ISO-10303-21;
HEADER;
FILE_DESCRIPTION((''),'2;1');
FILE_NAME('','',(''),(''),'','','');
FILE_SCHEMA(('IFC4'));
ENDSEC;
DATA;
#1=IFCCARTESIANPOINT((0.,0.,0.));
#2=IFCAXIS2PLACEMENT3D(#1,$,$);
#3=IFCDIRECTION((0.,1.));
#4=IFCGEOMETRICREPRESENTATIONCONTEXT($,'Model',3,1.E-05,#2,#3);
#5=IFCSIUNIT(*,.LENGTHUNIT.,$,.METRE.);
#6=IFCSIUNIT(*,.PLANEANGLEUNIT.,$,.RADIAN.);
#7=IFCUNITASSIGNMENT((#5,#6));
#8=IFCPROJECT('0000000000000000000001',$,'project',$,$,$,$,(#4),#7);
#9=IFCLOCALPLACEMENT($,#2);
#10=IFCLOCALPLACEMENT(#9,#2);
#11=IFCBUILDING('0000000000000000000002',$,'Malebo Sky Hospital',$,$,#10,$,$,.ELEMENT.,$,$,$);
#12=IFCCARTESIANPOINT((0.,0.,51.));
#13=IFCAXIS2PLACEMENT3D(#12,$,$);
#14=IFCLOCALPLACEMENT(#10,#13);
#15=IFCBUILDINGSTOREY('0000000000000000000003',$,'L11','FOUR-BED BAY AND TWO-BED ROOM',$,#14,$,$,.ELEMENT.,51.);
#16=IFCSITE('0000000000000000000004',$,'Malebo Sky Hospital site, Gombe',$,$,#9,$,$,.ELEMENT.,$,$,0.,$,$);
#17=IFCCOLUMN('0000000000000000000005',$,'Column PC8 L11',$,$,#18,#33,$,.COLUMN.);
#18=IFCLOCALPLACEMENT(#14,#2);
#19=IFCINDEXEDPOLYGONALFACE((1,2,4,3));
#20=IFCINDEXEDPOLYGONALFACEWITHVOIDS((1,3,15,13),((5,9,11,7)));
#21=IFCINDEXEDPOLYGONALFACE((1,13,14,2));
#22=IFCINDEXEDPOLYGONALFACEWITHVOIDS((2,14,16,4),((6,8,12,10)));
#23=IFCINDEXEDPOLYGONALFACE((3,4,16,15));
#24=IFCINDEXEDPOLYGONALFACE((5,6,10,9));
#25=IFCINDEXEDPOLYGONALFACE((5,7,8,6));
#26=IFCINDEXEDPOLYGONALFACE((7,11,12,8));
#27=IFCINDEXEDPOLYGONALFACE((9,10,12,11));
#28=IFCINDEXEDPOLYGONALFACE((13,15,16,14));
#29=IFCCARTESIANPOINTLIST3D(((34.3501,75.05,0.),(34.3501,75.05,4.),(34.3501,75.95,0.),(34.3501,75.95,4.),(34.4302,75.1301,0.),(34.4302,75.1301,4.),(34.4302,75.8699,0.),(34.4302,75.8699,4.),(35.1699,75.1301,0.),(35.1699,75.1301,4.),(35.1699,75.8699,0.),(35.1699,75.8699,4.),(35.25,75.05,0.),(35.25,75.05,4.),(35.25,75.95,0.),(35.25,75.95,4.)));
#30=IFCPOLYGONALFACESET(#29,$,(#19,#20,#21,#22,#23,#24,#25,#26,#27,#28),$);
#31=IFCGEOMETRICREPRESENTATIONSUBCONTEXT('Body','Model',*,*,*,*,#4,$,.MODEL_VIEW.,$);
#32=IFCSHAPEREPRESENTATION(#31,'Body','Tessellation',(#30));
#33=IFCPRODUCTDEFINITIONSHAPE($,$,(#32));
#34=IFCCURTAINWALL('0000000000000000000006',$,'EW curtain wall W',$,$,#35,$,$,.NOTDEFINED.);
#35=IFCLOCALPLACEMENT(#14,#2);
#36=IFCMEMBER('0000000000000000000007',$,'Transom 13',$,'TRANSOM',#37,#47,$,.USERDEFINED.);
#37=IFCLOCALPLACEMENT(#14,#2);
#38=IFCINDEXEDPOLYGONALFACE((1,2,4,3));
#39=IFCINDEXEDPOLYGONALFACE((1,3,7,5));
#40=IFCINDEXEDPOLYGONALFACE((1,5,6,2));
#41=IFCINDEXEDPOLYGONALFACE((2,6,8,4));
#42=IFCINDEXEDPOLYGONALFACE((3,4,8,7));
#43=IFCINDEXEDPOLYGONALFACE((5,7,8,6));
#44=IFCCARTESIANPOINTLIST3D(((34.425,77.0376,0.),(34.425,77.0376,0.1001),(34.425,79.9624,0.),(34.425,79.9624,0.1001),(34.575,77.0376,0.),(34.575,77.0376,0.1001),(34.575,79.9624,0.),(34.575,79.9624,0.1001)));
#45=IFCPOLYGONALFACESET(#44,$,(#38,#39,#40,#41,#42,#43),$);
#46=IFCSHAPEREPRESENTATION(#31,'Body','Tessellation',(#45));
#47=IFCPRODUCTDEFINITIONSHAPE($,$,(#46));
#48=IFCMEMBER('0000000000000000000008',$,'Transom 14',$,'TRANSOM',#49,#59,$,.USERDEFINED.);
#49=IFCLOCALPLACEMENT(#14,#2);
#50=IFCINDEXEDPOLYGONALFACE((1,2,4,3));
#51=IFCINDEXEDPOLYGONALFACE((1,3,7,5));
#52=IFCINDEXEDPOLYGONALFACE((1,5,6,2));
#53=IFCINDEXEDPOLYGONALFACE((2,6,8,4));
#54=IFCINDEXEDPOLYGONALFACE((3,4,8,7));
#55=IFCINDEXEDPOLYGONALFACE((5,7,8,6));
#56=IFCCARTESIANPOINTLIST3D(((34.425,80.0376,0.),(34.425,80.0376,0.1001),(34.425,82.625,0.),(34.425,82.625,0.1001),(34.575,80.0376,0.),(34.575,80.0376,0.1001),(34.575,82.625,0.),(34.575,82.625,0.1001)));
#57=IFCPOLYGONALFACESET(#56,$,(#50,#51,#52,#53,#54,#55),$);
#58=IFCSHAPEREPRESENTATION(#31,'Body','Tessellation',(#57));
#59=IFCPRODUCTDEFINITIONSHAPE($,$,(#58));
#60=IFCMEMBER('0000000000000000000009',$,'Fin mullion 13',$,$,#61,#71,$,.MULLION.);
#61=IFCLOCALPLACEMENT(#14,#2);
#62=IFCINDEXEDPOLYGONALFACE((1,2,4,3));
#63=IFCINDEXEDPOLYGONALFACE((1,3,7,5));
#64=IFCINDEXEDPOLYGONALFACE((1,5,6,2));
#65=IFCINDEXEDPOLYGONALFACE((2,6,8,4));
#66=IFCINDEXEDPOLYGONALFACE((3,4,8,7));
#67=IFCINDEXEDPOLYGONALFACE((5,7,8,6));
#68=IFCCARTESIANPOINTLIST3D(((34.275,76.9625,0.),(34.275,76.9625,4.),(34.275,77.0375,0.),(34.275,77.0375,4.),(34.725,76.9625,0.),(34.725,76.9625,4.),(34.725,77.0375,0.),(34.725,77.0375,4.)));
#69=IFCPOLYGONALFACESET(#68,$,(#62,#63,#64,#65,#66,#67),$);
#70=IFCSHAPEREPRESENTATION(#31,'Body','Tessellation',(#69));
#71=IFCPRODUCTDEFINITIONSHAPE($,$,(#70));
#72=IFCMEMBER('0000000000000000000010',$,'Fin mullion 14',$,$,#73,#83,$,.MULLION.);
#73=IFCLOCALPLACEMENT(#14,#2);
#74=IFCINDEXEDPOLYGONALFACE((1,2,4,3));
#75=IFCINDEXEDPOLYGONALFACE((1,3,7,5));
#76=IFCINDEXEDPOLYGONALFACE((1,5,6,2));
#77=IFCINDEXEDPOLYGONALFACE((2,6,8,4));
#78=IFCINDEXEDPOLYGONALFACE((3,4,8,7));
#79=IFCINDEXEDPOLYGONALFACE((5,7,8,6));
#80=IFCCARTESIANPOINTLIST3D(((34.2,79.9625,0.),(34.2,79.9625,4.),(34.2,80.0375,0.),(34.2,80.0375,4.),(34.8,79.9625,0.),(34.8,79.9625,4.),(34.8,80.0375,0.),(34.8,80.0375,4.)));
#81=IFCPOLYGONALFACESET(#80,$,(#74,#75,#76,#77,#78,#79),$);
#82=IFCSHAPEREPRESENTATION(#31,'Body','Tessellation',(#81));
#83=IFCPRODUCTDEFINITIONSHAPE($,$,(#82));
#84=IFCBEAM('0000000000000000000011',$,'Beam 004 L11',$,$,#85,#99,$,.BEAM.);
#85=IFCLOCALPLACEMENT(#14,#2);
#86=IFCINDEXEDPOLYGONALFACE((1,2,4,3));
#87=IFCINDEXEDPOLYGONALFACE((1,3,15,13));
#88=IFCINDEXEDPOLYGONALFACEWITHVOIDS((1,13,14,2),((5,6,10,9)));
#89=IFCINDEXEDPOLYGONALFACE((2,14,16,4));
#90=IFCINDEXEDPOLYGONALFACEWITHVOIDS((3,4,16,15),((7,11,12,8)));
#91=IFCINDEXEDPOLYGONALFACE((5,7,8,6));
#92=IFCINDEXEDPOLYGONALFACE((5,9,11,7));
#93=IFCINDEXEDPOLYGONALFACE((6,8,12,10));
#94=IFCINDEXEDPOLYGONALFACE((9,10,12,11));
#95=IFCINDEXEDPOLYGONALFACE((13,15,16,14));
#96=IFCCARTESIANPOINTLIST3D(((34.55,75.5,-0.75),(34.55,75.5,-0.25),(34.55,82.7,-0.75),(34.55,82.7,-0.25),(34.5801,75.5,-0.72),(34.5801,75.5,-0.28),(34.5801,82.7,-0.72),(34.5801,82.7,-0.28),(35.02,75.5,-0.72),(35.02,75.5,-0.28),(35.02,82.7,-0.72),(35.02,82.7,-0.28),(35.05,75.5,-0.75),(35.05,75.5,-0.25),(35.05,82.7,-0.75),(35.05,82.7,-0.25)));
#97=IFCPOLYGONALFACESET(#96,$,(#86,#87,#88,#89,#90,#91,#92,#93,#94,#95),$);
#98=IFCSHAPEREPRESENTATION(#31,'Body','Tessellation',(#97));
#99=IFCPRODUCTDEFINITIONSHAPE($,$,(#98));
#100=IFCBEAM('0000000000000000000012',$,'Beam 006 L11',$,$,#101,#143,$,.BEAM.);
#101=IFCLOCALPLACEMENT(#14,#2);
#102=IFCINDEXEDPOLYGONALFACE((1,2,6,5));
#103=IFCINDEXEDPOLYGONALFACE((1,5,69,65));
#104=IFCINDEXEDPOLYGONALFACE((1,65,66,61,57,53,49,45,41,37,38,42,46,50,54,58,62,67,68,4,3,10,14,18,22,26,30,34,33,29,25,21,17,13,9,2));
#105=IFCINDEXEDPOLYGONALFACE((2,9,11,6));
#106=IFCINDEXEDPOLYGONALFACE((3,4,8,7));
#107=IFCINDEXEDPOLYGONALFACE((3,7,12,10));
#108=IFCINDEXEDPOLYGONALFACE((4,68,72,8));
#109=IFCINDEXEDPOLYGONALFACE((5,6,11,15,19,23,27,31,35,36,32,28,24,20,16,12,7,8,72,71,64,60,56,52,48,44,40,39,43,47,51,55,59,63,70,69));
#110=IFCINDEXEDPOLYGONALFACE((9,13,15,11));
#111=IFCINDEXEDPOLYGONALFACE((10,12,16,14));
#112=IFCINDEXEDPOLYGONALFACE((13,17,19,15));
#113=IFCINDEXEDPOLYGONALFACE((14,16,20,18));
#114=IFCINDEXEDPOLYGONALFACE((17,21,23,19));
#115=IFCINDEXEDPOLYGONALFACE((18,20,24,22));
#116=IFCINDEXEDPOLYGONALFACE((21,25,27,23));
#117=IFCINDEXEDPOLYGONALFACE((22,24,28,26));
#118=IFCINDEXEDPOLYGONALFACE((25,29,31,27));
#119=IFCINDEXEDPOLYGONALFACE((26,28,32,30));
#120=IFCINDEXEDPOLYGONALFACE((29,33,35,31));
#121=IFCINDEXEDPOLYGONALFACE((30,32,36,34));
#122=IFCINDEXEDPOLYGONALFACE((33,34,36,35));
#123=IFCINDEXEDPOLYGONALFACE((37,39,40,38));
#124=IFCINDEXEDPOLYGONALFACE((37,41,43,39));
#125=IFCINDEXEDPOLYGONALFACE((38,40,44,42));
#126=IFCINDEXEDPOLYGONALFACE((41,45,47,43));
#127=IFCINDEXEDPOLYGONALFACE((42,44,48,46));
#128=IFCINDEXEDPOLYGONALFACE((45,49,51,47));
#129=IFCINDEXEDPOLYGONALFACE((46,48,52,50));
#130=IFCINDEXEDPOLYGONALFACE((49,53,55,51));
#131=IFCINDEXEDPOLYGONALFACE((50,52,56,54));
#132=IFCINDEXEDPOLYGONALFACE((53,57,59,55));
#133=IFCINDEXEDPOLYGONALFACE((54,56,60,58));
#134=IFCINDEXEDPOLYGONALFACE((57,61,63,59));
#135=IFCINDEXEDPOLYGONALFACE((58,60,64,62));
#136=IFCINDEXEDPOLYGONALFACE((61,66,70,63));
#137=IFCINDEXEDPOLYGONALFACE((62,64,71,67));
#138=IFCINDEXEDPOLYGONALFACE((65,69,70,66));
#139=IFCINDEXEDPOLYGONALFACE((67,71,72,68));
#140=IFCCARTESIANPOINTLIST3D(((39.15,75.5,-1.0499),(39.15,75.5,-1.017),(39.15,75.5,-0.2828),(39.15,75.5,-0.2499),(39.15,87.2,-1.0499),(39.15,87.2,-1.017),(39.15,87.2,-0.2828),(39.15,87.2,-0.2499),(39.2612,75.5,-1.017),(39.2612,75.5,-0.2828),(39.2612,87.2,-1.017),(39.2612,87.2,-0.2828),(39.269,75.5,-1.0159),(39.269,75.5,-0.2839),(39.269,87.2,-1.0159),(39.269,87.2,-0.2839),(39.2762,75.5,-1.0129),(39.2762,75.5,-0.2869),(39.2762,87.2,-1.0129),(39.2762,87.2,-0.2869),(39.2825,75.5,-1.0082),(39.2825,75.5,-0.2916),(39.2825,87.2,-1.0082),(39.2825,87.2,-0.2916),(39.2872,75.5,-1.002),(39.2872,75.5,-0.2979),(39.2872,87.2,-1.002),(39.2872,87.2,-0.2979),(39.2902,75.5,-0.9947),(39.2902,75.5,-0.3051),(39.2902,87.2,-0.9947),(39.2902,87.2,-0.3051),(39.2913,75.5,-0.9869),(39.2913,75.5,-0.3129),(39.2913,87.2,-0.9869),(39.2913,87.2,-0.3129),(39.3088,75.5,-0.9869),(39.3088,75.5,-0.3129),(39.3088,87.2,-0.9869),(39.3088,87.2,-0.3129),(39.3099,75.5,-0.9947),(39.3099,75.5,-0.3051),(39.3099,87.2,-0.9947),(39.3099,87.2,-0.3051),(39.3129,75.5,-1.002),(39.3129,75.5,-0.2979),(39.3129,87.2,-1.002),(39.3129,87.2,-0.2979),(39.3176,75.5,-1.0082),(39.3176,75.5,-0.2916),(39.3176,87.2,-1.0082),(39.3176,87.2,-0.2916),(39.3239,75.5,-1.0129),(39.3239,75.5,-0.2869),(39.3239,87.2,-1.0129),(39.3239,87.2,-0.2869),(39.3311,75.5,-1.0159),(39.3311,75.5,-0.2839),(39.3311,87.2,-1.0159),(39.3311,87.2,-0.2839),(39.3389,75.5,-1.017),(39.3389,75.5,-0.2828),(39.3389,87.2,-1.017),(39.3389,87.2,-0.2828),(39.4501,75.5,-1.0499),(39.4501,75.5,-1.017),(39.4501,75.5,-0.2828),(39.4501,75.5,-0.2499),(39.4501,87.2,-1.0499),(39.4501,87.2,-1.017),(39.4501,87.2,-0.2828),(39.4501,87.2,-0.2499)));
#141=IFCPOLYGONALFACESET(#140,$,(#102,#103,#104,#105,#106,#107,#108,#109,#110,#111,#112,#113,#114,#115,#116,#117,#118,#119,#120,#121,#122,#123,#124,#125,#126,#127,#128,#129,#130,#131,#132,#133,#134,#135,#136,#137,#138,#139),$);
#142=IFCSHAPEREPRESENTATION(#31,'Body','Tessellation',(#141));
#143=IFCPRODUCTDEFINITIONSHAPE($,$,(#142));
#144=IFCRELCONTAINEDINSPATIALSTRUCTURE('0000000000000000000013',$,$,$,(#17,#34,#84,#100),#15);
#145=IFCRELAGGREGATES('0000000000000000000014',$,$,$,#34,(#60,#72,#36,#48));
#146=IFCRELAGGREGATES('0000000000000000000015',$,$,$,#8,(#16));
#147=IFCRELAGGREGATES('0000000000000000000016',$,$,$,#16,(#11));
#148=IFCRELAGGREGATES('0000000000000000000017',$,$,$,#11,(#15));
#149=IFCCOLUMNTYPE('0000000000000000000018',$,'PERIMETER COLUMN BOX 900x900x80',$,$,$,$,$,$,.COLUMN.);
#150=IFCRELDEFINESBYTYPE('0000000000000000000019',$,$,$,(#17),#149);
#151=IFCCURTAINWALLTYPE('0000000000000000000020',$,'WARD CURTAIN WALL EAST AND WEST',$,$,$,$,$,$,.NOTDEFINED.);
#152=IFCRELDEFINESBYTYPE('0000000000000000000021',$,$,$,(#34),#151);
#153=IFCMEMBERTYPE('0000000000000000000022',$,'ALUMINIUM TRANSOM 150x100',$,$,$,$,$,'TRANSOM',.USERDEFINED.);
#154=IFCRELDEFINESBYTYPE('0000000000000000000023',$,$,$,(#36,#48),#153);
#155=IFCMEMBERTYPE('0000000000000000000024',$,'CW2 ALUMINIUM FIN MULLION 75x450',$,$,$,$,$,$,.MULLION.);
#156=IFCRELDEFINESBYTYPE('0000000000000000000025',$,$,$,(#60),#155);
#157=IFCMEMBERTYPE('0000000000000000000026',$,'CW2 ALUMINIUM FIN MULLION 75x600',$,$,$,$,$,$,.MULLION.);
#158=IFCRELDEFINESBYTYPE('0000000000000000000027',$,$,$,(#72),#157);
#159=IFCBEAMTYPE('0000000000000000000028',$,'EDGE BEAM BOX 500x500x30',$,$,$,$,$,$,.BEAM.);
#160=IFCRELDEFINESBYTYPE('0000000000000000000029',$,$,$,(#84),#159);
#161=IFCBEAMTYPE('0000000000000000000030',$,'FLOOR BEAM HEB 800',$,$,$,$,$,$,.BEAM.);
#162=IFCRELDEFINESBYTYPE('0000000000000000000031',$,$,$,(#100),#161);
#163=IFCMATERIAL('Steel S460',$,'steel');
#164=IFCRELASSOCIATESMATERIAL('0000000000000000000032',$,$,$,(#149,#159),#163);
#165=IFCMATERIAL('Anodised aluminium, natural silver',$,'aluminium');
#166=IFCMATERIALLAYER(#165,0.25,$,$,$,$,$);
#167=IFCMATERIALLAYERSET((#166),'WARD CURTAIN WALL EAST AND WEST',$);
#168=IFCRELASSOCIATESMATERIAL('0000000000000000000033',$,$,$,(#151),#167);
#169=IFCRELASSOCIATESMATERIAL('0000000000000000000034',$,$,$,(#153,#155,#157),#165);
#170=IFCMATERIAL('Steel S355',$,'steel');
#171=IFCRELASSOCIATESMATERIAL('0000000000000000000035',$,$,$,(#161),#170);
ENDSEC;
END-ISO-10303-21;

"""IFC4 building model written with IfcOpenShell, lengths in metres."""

from ifc_helpers import new_model, si_unit, direction, frame, origin, origin_2d, place, context, subcontext, project, spatial, rectangle, hollow_rectangle, i_section, extrude, material, layer, layer_set, material_profile, profile_set, type_object, element, aggregate, save


model = new_model("IFC4")

# Units and contexts
model_context = context("Model", 3, precision=1e-05, world=origin(), true_north=direction((0.0, 1.0)))
body_context = subcontext(model_context, "Body", "Model", "MODEL_VIEW")
ifc_project = project(units=[si_unit("LENGTHUNIT", "METRE"), si_unit("PLANEANGLEUNIT", "RADIAN")], contexts=[model_context])

# Site, building, storey
site_placement = place(None, origin())
site = spatial("IfcSite", under=ifc_project, at=site_placement, Name="Malebo Sky Hospital site, Gombe", CompositionType="ELEMENT", RefElevation=0.0)
building_placement = place(site_placement, origin())
building = spatial("IfcBuilding", under=site, at=building_placement, Name="Malebo Sky Hospital", CompositionType="ELEMENT")
storey_placement = place(building_placement, frame((0.0, 0.0, 51.0)))
storey = spatial("IfcBuildingStorey", under=building, at=storey_placement, Name="L11", Description="FOUR-BED BAY AND TWO-BED ROOM", CompositionType="ELEMENT", Elevation=51.0)

# Column
ifc_material_1 = material(Name="Steel S460", Category="steel")
ifc_material_profile_1 = material_profile(ifc_material_1, hollow_rectangle(XDim=0.8999, YDim=0.8999, WallThickness=0.0801, at=origin_2d()), Name="BOX 900x900x80")
ifc_profile_set_1 = profile_set([ifc_material_profile_1], Name="Steel S460")
column_type = type_object("IfcColumnType", Name="PERIMETER COLUMN BOX 900x900x80", PredefinedType="COLUMN", material=ifc_profile_set_1)
column_placement = place(storey_placement, frame((34.8, 75.5, 0.0), z_axis=(0.0, 0.0, 1.0), x_axis=(1.0, 0.0, 0.0)))
element("IfcColumn", 1, at=column_placement, inside=storey, type_object=column_type, Name="Column PC8 L11", PredefinedType="COLUMN", context=body_context, shape_type="SweptSolid", body=[
    extrude(hollow_rectangle(XDim=0.8999, YDim=0.8999, WallThickness=0.0801, at=origin_2d()), origin(), (0.0, 0.0, 1.0), 4.0),
])

# Curtain wall, members
ifc_material_2 = material(Name="Anodised aluminium, natural silver", Category="aluminium")
ifc_layer_1 = layer(ifc_material_2, 0.25)
ifc_layer_set_1 = layer_set([ifc_layer_1], Name="WARD CURTAIN WALL EAST AND WEST")
curtain_wall_type = type_object("IfcCurtainWallType", Name="WARD CURTAIN WALL EAST AND WEST", PredefinedType="NOTDEFINED", material=ifc_layer_set_1)
curtain_wall_placement = place(storey_placement, origin())
curtain_wall = element("IfcCurtainWall", 2, at=curtain_wall_placement, inside=storey, type_object=curtain_wall_type, Name="EW curtain wall W", PredefinedType="NOTDEFINED")
ifc_material_profile_2 = material_profile(ifc_material_2, rectangle(XDim=0.1499, YDim=0.1001, at=origin_2d()), Name="ALUMINIUM TRANSOM 150x100")
ifc_profile_set_2 = profile_set([ifc_material_profile_2], Name="Anodised aluminium, natural silver")
member_type_1 = type_object("IfcMemberType", Name="ALUMINIUM TRANSOM 150x100", ElementType="TRANSOM", PredefinedType="USERDEFINED", material=ifc_profile_set_2)
member_1_placement = place(storey_placement, frame((34.5, 77.0376, 0.05), z_axis=(0.0, 1.0, 0.0), x_axis=(-1.0, 0.0, 0.0)))
member_1 = element("IfcMember", 3, at=member_1_placement, type_object=member_type_1, Name="Transom 13", ObjectType="TRANSOM", PredefinedType="USERDEFINED", context=body_context, shape_type="SweptSolid", body=[
    extrude(rectangle(XDim=0.1499, YDim=0.1001, at=origin_2d()), origin(), (0.0, 0.0, 1.0), 2.9248),
])
member_2_placement = place(storey_placement, frame((34.5, 80.0376, 0.05), z_axis=(0.0, 1.0, 0.0), x_axis=(-1.0, 0.0, 0.0)))
member_2 = element("IfcMember", 4, at=member_2_placement, type_object=member_type_1, Name="Transom 14", ObjectType="TRANSOM", PredefinedType="USERDEFINED", context=body_context, shape_type="SweptSolid", body=[
    extrude(rectangle(XDim=0.1499, YDim=0.1001, at=origin_2d()), origin(), (0.0, 0.0, 1.0), 2.5874),
])
ifc_material_profile_3 = material_profile(ifc_material_2, rectangle(XDim=0.075, YDim=0.45, at=origin_2d()), Name="CW2 ALUMINIUM FIN MULLION 75x450")
ifc_profile_set_3 = profile_set([ifc_material_profile_3], Name="Anodised aluminium, natural silver")
member_type_2 = type_object("IfcMemberType", Name="CW2 ALUMINIUM FIN MULLION 75x450", PredefinedType="MULLION", material=ifc_profile_set_3)
member_3_placement = place(storey_placement, frame((34.5, 77.0, 0.0), z_axis=(0.0, 0.0, 1.0), x_axis=(0.0, 1.0, 0.0)))
member_3 = element("IfcMember", 5, at=member_3_placement, type_object=member_type_2, Name="Fin mullion 13", PredefinedType="MULLION", context=body_context, shape_type="SweptSolid", body=[
    extrude(rectangle(XDim=0.075, YDim=0.45, at=origin_2d()), origin(), (0.0, 0.0, 1.0), 4.0),
])
ifc_material_profile_4 = material_profile(ifc_material_2, rectangle(XDim=0.075, YDim=0.6001, at=origin_2d()), Name="CW2 ALUMINIUM FIN MULLION 75x600")
ifc_profile_set_4 = profile_set([ifc_material_profile_4], Name="Anodised aluminium, natural silver")
member_type_3 = type_object("IfcMemberType", Name="CW2 ALUMINIUM FIN MULLION 75x600", PredefinedType="MULLION", material=ifc_profile_set_4)
member_4_placement = place(storey_placement, frame((34.5, 80.0, 0.0), z_axis=(0.0, 0.0, 1.0), x_axis=(0.0, 1.0, 0.0)))
member_4 = element("IfcMember", 6, at=member_4_placement, type_object=member_type_3, Name="Fin mullion 14", PredefinedType="MULLION", context=body_context, shape_type="SweptSolid", body=[
    extrude(rectangle(XDim=0.075, YDim=0.6001, at=origin_2d()), origin(), (0.0, 0.0, 1.0), 4.0),
])

# Beams
ifc_material_profile_5 = material_profile(ifc_material_1, hollow_rectangle(XDim=0.5, YDim=0.5, WallThickness=0.03, at=origin_2d()), Name="BOX 500x500x30")
ifc_profile_set_5 = profile_set([ifc_material_profile_5], Name="Steel S460")
beam_type_1 = type_object("IfcBeamType", Name="EDGE BEAM BOX 500x500x30", PredefinedType="BEAM", material=ifc_profile_set_5)
beam_1_placement = place(storey_placement, frame((34.8, 75.5, -0.5), z_axis=(0.0, 1.0, 0.0), x_axis=(-1.0, 0.0, 0.0)))
element("IfcBeam", 7, at=beam_1_placement, inside=storey, type_object=beam_type_1, Name="Beam 004 L11", PredefinedType="BEAM", context=body_context, shape_type="SweptSolid", body=[
    extrude(hollow_rectangle(XDim=0.5, YDim=0.5, WallThickness=0.03, at=origin_2d()), origin(), (0.0, 0.0, 1.0), 7.2),
])
ifc_material_3 = material(Name="Steel S355", Category="steel")
ifc_material_profile_6 = material_profile(ifc_material_3, i_section(OverallWidth=0.3, OverallDepth=0.8, WebThickness=0.0176, FlangeThickness=0.033, FilletRadius=0.03, at=origin_2d()), Name="HEB 800")
ifc_profile_set_6 = profile_set([ifc_material_profile_6], Name="Steel S355")
beam_type_2 = type_object("IfcBeamType", Name="FLOOR BEAM HEB 800", PredefinedType="BEAM", material=ifc_profile_set_6)
beam_2_placement = place(storey_placement, frame((39.3, 75.5, -0.6499), z_axis=(0.0, 1.0, 0.0), x_axis=(-1.0, 0.0, 0.0)))
element("IfcBeam", 8, at=beam_2_placement, inside=storey, type_object=beam_type_2, Name="Beam 006 L11", PredefinedType="BEAM", context=body_context, shape_type="SweptSolid", body=[
    extrude(i_section(OverallWidth=0.3, OverallDepth=0.8, WebThickness=0.0176, FlangeThickness=0.033, FilletRadius=0.03, at=origin_2d()), origin(), (0.0, 0.0, 1.0), 11.7),
])

aggregate(curtain_wall, [member_3, member_4, member_1, member_2])

save(model, "model.ifc")
